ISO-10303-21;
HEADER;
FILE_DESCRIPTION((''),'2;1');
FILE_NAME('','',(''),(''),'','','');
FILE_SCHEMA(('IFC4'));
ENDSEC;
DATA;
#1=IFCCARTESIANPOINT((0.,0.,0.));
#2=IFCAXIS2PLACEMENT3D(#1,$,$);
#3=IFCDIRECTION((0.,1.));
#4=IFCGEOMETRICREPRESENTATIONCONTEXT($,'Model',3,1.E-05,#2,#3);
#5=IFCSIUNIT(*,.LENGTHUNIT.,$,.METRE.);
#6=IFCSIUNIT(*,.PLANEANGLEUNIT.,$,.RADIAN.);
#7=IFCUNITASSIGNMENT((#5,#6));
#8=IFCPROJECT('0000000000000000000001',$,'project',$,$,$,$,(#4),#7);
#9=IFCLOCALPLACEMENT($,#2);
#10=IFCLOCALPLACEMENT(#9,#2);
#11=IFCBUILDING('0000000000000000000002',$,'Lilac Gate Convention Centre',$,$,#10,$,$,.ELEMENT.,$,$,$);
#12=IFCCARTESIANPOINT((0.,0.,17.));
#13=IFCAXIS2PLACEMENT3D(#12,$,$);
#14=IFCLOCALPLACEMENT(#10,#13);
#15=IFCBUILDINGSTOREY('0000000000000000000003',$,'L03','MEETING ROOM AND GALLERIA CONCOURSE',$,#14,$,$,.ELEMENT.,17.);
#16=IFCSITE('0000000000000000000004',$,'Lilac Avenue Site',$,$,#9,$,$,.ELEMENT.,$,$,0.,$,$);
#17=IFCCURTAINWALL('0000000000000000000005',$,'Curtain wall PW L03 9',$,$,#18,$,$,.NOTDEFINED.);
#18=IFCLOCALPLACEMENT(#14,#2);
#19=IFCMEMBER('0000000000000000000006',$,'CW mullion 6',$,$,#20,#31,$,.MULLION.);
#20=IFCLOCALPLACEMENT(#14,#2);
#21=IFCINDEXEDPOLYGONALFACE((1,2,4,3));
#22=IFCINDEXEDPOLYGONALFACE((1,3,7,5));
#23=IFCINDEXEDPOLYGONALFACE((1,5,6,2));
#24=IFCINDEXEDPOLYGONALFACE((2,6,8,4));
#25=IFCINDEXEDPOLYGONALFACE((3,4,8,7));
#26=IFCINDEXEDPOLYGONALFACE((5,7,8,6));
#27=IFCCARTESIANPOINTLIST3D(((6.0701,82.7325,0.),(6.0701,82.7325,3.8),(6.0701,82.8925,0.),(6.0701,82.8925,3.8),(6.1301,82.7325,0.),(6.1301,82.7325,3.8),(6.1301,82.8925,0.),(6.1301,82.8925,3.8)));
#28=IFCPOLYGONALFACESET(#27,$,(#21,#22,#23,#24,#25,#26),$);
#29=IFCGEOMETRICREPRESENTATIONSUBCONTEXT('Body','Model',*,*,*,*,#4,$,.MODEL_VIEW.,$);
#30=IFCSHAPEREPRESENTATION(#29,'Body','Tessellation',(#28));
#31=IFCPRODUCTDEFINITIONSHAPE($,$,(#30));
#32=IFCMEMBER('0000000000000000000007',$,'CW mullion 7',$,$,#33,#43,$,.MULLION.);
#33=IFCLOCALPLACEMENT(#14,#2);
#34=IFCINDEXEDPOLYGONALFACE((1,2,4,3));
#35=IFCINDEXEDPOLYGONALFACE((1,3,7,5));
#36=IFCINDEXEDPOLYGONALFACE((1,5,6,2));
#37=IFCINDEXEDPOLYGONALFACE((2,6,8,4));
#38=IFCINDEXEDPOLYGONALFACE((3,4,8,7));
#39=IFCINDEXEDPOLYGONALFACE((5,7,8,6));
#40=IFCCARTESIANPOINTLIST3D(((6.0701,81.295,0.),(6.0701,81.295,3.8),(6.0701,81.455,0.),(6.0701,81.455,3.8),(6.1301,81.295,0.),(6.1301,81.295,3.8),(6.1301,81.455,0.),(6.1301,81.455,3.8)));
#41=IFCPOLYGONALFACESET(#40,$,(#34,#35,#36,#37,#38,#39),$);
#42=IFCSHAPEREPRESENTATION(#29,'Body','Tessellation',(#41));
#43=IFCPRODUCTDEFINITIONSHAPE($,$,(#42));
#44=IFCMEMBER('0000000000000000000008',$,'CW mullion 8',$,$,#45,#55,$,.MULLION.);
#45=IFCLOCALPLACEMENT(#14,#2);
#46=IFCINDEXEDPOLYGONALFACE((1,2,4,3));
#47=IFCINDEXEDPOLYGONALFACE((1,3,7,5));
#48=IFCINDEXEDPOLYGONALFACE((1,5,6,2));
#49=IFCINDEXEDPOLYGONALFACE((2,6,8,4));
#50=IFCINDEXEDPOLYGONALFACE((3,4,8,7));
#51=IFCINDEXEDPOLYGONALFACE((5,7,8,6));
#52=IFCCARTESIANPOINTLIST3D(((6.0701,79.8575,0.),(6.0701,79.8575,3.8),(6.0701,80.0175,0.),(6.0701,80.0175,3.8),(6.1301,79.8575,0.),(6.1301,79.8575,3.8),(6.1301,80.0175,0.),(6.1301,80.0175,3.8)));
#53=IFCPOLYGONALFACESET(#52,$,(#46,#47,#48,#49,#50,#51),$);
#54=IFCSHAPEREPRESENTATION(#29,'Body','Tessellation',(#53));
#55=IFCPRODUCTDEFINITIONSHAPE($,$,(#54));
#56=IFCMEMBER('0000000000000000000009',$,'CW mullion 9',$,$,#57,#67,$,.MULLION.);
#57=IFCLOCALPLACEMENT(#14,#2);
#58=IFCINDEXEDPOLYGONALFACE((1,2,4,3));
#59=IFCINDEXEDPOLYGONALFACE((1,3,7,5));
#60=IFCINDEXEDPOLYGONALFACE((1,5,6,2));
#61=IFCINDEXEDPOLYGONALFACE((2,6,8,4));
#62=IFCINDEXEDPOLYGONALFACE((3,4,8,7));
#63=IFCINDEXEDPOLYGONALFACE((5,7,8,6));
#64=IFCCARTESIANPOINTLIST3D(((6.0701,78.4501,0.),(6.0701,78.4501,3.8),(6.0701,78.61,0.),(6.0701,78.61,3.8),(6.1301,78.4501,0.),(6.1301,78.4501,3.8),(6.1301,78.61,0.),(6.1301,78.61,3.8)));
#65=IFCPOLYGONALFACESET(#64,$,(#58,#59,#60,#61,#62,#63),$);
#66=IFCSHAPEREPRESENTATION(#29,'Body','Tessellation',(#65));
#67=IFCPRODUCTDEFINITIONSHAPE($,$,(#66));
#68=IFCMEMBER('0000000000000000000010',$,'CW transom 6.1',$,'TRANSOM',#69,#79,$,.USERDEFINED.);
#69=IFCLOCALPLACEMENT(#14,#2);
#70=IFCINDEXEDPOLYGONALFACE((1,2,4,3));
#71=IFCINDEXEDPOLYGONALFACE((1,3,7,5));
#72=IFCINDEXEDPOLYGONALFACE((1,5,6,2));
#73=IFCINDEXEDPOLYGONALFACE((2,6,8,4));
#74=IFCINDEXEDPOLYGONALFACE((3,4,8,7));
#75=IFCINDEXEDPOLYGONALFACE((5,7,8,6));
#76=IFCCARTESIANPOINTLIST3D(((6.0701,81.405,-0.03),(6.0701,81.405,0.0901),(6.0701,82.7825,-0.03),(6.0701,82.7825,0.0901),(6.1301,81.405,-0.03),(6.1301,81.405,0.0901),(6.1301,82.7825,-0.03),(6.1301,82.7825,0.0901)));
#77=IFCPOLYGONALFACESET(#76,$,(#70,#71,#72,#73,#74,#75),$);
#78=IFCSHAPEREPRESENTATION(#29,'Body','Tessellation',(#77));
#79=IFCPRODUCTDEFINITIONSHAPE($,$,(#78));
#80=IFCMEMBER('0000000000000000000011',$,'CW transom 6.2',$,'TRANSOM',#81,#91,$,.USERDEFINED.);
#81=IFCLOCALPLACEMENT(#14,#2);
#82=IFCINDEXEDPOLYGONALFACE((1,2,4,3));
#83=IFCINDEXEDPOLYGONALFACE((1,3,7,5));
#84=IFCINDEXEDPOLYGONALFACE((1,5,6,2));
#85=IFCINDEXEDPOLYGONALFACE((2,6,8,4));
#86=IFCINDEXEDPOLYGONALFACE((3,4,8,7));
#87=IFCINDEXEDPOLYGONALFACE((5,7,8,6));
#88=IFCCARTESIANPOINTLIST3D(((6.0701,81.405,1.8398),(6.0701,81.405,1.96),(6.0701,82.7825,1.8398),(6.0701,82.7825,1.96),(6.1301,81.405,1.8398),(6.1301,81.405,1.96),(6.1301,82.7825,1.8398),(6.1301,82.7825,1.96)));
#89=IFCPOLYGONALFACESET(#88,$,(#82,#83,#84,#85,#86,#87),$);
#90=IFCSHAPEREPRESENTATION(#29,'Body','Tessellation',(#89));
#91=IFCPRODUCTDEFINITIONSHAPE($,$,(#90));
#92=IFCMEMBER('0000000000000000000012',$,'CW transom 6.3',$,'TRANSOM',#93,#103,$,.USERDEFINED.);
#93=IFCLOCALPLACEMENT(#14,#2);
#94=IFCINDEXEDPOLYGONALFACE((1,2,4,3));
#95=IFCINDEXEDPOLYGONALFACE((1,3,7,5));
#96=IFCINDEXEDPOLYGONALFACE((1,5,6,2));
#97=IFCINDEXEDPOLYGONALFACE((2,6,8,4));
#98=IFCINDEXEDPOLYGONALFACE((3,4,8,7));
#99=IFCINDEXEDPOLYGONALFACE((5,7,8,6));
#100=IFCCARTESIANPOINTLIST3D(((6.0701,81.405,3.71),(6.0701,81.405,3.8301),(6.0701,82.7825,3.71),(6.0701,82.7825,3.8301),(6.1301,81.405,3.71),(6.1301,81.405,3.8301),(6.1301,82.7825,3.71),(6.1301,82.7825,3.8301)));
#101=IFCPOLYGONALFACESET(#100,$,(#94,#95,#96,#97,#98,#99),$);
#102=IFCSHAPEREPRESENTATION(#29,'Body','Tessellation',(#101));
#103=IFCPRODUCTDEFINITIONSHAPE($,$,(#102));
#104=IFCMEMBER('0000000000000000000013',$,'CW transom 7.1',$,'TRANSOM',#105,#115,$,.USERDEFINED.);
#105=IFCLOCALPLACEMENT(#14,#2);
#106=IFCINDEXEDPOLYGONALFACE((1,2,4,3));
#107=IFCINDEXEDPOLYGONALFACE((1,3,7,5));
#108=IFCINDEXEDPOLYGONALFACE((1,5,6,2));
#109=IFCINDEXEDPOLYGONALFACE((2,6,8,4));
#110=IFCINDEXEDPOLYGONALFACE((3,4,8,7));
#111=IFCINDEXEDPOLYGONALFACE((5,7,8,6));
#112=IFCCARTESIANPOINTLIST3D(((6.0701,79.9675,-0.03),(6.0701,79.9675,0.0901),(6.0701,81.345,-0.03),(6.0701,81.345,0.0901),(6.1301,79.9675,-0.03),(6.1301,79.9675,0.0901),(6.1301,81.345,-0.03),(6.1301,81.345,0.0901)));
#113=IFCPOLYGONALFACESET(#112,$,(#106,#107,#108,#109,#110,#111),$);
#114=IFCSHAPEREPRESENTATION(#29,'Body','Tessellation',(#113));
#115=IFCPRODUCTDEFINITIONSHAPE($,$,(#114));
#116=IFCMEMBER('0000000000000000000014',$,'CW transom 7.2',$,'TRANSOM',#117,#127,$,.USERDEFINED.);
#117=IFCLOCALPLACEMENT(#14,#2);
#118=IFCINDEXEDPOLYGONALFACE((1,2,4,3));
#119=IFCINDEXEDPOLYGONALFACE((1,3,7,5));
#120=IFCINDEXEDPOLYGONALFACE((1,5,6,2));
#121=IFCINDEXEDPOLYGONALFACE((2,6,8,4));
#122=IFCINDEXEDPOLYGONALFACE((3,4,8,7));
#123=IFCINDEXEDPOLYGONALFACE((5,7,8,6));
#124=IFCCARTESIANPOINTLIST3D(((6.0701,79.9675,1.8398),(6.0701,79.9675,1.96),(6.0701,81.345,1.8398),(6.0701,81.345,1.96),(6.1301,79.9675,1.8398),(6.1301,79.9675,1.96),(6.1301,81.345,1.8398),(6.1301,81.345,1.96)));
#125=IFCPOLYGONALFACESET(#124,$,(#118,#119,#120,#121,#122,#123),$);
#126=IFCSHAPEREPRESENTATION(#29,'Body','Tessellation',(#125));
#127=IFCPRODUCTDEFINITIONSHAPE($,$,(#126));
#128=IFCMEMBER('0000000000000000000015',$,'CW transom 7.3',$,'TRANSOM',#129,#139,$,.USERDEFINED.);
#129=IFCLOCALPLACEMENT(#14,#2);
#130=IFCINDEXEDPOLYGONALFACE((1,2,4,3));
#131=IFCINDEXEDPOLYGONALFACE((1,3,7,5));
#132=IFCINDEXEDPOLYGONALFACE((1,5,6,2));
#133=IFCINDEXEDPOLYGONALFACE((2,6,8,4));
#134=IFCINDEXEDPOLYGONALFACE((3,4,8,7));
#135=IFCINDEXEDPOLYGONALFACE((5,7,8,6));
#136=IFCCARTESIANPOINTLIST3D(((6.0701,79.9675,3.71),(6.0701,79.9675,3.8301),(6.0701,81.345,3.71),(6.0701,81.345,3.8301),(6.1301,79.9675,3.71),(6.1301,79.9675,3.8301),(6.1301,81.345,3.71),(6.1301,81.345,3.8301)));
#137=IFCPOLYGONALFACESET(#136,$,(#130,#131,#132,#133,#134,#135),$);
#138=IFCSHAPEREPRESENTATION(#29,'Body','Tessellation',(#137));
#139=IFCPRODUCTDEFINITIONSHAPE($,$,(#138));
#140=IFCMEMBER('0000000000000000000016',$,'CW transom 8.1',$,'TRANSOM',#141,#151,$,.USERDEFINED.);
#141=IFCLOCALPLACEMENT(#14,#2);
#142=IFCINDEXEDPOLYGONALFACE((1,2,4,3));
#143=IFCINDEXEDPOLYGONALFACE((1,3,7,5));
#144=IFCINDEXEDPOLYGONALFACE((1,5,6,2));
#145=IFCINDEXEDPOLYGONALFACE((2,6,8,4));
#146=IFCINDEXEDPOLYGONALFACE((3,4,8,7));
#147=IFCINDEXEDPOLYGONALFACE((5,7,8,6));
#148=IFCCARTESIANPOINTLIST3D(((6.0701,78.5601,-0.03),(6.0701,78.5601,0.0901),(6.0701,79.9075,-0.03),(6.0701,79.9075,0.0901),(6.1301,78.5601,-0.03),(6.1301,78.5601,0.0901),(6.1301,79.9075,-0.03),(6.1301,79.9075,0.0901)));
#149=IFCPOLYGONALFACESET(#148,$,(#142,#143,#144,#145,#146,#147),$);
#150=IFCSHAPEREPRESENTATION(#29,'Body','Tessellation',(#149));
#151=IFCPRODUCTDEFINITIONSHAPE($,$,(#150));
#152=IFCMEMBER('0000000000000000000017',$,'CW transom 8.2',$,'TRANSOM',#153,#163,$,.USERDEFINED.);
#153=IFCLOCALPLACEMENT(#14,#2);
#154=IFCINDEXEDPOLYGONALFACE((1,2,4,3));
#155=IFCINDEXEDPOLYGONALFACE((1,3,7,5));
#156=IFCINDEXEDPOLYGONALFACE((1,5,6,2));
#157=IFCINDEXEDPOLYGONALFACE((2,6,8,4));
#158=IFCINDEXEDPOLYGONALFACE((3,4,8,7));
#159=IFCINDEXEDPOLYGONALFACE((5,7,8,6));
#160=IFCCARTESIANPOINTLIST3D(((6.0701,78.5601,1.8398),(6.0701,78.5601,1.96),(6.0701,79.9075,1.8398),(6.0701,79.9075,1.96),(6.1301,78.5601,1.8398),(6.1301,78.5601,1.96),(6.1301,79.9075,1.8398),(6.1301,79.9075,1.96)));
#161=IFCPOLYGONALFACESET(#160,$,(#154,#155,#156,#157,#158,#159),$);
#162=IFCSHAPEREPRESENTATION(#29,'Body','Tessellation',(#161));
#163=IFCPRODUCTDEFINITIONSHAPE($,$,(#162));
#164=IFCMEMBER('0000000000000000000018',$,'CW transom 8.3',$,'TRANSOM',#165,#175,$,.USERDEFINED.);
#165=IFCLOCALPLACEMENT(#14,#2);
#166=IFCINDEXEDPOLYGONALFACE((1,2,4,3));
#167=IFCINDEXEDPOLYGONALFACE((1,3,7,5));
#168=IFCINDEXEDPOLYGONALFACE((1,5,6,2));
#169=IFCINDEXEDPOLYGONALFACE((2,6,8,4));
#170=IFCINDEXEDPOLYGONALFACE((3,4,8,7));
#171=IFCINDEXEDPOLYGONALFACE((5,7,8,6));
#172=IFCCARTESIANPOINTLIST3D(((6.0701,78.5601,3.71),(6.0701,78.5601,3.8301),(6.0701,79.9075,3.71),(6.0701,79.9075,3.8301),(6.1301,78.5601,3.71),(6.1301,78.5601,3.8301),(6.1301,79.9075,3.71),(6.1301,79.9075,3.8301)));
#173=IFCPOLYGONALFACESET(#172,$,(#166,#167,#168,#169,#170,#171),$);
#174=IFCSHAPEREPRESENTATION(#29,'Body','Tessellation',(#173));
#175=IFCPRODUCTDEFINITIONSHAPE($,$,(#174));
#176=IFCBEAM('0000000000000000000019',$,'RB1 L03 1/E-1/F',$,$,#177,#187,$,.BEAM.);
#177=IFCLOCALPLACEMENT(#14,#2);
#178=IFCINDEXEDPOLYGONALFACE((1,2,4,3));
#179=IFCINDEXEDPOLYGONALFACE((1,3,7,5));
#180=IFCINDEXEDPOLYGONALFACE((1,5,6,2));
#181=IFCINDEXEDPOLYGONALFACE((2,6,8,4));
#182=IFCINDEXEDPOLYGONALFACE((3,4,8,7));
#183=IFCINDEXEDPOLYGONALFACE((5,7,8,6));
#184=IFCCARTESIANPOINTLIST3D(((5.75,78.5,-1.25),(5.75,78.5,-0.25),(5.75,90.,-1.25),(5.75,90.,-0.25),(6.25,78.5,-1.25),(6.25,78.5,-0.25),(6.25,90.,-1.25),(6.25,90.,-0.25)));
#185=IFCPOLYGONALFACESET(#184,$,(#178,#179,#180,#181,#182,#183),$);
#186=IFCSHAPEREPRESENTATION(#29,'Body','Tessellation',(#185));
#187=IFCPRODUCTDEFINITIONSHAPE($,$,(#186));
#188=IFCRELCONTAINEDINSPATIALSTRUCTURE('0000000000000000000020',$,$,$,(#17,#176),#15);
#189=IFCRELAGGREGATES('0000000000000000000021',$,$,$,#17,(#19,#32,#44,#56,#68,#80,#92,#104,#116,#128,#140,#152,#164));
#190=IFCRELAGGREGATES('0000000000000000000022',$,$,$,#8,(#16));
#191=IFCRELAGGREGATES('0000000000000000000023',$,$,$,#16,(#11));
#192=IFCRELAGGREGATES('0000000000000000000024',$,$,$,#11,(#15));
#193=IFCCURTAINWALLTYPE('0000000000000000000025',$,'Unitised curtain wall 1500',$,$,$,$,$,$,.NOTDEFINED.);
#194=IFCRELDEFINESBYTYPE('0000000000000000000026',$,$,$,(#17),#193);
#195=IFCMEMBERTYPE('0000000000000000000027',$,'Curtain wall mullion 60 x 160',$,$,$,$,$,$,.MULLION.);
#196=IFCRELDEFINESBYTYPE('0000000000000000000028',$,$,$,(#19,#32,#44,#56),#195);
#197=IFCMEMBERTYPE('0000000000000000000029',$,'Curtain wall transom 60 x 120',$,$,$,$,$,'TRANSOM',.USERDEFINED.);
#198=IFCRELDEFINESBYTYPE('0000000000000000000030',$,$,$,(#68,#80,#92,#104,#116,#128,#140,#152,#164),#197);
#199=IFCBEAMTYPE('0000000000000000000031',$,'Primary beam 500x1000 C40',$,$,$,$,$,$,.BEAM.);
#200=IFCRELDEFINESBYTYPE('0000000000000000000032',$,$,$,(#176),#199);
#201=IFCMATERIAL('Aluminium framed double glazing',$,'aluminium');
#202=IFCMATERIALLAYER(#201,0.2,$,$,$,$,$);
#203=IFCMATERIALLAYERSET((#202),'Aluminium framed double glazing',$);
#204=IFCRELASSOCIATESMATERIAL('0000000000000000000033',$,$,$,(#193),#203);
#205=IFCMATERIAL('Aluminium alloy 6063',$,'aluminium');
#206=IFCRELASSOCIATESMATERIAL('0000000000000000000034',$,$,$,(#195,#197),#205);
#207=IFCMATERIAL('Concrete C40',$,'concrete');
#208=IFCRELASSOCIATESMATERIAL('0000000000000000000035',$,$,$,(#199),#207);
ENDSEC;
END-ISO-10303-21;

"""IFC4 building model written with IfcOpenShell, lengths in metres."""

from ifc_helpers import new_model, si_unit, direction, frame, origin, origin_2d, place, context, subcontext, project, spatial, rectangle, extrude, material, layer, layer_set, material_profile, profile_set, type_object, element, aggregate, save


model = new_model("IFC4")

# Units and contexts
model_context = context("Model", 3, precision=1e-05, world=origin(), true_north=direction((0.0, 1.0)))
body_context = subcontext(model_context, "Body", "Model", "MODEL_VIEW")
ifc_project = project(units=[si_unit("LENGTHUNIT", "METRE"), si_unit("PLANEANGLEUNIT", "RADIAN")], contexts=[model_context])

# Site, building, storey
site_placement = place(None, origin())
site = spatial("IfcSite", under=ifc_project, at=site_placement, Name="Lilac Avenue Site", CompositionType="ELEMENT", RefElevation=0.0)
building_placement = place(site_placement, origin())
building = spatial("IfcBuilding", under=site, at=building_placement, Name="Lilac Gate Convention Centre", CompositionType="ELEMENT")
storey_placement = place(building_placement, frame((0.0, 0.0, 17.0)))
storey = spatial("IfcBuildingStorey", under=building, at=storey_placement, Name="L03", Description="MEETING ROOM AND GALLERIA CONCOURSE", CompositionType="ELEMENT", Elevation=17.0)

# Curtain wall, members
ifc_material_1 = material(Name="Aluminium framed double glazing", Category="aluminium")
ifc_layer_1 = layer(ifc_material_1, 0.2)
ifc_layer_set_1 = layer_set([ifc_layer_1], Name="Aluminium framed double glazing")
curtain_wall_type = type_object("IfcCurtainWallType", Name="Unitised curtain wall 1500", PredefinedType="NOTDEFINED", material=ifc_layer_set_1)
curtain_wall_placement = place(storey_placement, origin())
curtain_wall = element("IfcCurtainWall", 1, at=curtain_wall_placement, inside=storey, type_object=curtain_wall_type, Name="Curtain wall PW L03 9", PredefinedType="NOTDEFINED")
ifc_material_2 = material(Name="Aluminium alloy 6063", Category="aluminium")
ifc_material_profile_1 = material_profile(ifc_material_2, rectangle(XDim=0.0601, YDim=0.1599, at=origin_2d()), Name="Curtain wall mullion 60 x 160")
ifc_profile_set_1 = profile_set([ifc_material_profile_1], Name="Aluminium alloy 6063")
member_type_1 = type_object("IfcMemberType", Name="Curtain wall mullion 60 x 160", PredefinedType="MULLION", material=ifc_profile_set_1)
member_1_placement = place(storey_placement, frame((6.1001, 82.8125, 0.0), z_axis=(0.0, 0.0, 1.0), x_axis=(1.0, 0.0, 0.0)))
member_1 = element("IfcMember", 2, at=member_1_placement, type_object=member_type_1, Name="CW mullion 6", PredefinedType="MULLION", context=body_context, shape_type="SweptSolid", body=[
    extrude(rectangle(XDim=0.0601, YDim=0.1599, at=origin_2d()), origin(), (0.0, 0.0, 1.0), 3.8),
])
member_2_placement = place(storey_placement, frame((6.1001, 81.375, 0.0), z_axis=(0.0, 0.0, 1.0), x_axis=(1.0, 0.0, 0.0)))
member_2 = element("IfcMember", 3, at=member_2_placement, type_object=member_type_1, Name="CW mullion 7", PredefinedType="MULLION", context=body_context, shape_type="SweptSolid", body=[
    extrude(rectangle(XDim=0.0601, YDim=0.1599, at=origin_2d()), origin(), (0.0, 0.0, 1.0), 3.8),
])
member_3_placement = place(storey_placement, frame((6.1001, 79.9375, 0.0), z_axis=(0.0, 0.0, 1.0), x_axis=(1.0, 0.0, 0.0)))
member_3 = element("IfcMember", 4, at=member_3_placement, type_object=member_type_1, Name="CW mullion 8", PredefinedType="MULLION", context=body_context, shape_type="SweptSolid", body=[
    extrude(rectangle(XDim=0.0601, YDim=0.1599, at=origin_2d()), origin(), (0.0, 0.0, 1.0), 3.8),
])
member_4_placement = place(storey_placement, frame((6.1001, 78.53, 0.0), z_axis=(0.0, 0.0, 1.0), x_axis=(1.0, 0.0, 0.0)))
member_4 = element("IfcMember", 5, at=member_4_placement, type_object=member_type_1, Name="CW mullion 9", PredefinedType="MULLION", context=body_context, shape_type="SweptSolid", body=[
    extrude(rectangle(XDim=0.0601, YDim=0.1599, at=origin_2d()), origin(), (0.0, 0.0, 1.0), 3.8),
])
ifc_material_profile_2 = material_profile(ifc_material_2, rectangle(XDim=0.0601, YDim=0.1201, at=origin_2d()), Name="Curtain wall transom 60 x 120")
ifc_profile_set_2 = profile_set([ifc_material_profile_2], Name="Aluminium alloy 6063")
member_type_2 = type_object("IfcMemberType", Name="Curtain wall transom 60 x 120", ElementType="TRANSOM", PredefinedType="USERDEFINED", material=ifc_profile_set_2)
member_5_placement = place(storey_placement, frame((6.1001, 82.7825, 0.03), z_axis=(0.0, -1.0, 0.0), x_axis=(1.0, 0.0, 0.0)))
member_5 = element("IfcMember", 6, at=member_5_placement, type_object=member_type_2, Name="CW transom 6.1", ObjectType="TRANSOM", PredefinedType="USERDEFINED", context=body_context, shape_type="SweptSolid", body=[
    extrude(rectangle(XDim=0.0601, YDim=0.1201, at=origin_2d()), origin(), (0.0, 0.0, 1.0), 1.3774),
])
member_6_placement = place(storey_placement, frame((6.1001, 82.7825, 1.8999), z_axis=(0.0, -1.0, 0.0), x_axis=(1.0, 0.0, 0.0)))
member_6 = element("IfcMember", 7, at=member_6_placement, type_object=member_type_2, Name="CW transom 6.2", ObjectType="TRANSOM", PredefinedType="USERDEFINED", context=body_context, shape_type="SweptSolid", body=[
    extrude(rectangle(XDim=0.0601, YDim=0.1201, at=origin_2d()), origin(), (0.0, 0.0, 1.0), 1.3774),
])
member_7_placement = place(storey_placement, frame((6.1001, 82.7825, 3.77), z_axis=(0.0, -1.0, 0.0), x_axis=(1.0, 0.0, 0.0)))
member_7 = element("IfcMember", 8, at=member_7_placement, type_object=member_type_2, Name="CW transom 6.3", ObjectType="TRANSOM", PredefinedType="USERDEFINED", context=body_context, shape_type="SweptSolid", body=[
    extrude(rectangle(XDim=0.0601, YDim=0.1201, at=origin_2d()), origin(), (0.0, 0.0, 1.0), 1.3774),
])
member_8_placement = place(storey_placement, frame((6.1001, 81.345, 0.03), z_axis=(0.0, -1.0, 0.0), x_axis=(1.0, 0.0, 0.0)))
member_8 = element("IfcMember", 9, at=member_8_placement, type_object=member_type_2, Name="CW transom 7.1", ObjectType="TRANSOM", PredefinedType="USERDEFINED", context=body_context, shape_type="SweptSolid", body=[
    extrude(rectangle(XDim=0.0601, YDim=0.1201, at=origin_2d()), origin(), (0.0, 0.0, 1.0), 1.3774),
])
member_9_placement = place(storey_placement, frame((6.1001, 81.345, 1.8999), z_axis=(0.0, -1.0, 0.0), x_axis=(1.0, 0.0, 0.0)))
member_9 = element("IfcMember", 10, at=member_9_placement, type_object=member_type_2, Name="CW transom 7.2", ObjectType="TRANSOM", PredefinedType="USERDEFINED", context=body_context, shape_type="SweptSolid", body=[
    extrude(rectangle(XDim=0.0601, YDim=0.1201, at=origin_2d()), origin(), (0.0, 0.0, 1.0), 1.3774),
])
member_10_placement = place(storey_placement, frame((6.1001, 81.345, 3.77), z_axis=(0.0, -1.0, 0.0), x_axis=(1.0, 0.0, 0.0)))
member_10 = element("IfcMember", 11, at=member_10_placement, type_object=member_type_2, Name="CW transom 7.3", ObjectType="TRANSOM", PredefinedType="USERDEFINED", context=body_context, shape_type="SweptSolid", body=[
    extrude(rectangle(XDim=0.0601, YDim=0.1201, at=origin_2d()), origin(), (0.0, 0.0, 1.0), 1.3774),
])
member_11_placement = place(storey_placement, frame((6.1001, 79.9075, 0.03), z_axis=(0.0, -1.0, 0.0), x_axis=(1.0, 0.0, 0.0)))
member_11 = element("IfcMember", 12, at=member_11_placement, type_object=member_type_2, Name="CW transom 8.1", ObjectType="TRANSOM", PredefinedType="USERDEFINED", context=body_context, shape_type="SweptSolid", body=[
    extrude(rectangle(XDim=0.0601, YDim=0.1201, at=origin_2d()), origin(), (0.0, 0.0, 1.0), 1.3474),
])
member_12_placement = place(storey_placement, frame((6.1001, 79.9075, 1.8999), z_axis=(0.0, -1.0, 0.0), x_axis=(1.0, 0.0, 0.0)))
member_12 = element("IfcMember", 13, at=member_12_placement, type_object=member_type_2, Name="CW transom 8.2", ObjectType="TRANSOM", PredefinedType="USERDEFINED", context=body_context, shape_type="SweptSolid", body=[
    extrude(rectangle(XDim=0.0601, YDim=0.1201, at=origin_2d()), origin(), (0.0, 0.0, 1.0), 1.3474),
])
member_13_placement = place(storey_placement, frame((6.1001, 79.9075, 3.77), z_axis=(0.0, -1.0, 0.0), x_axis=(1.0, 0.0, 0.0)))
member_13 = element("IfcMember", 14, at=member_13_placement, type_object=member_type_2, Name="CW transom 8.3", ObjectType="TRANSOM", PredefinedType="USERDEFINED", context=body_context, shape_type="SweptSolid", body=[
    extrude(rectangle(XDim=0.0601, YDim=0.1201, at=origin_2d()), origin(), (0.0, 0.0, 1.0), 1.3474),
])

# Beam
ifc_material_3 = material(Name="Concrete C40", Category="concrete")
ifc_material_profile_3 = material_profile(ifc_material_3, rectangle(XDim=0.5, YDim=1.0, at=origin_2d()), Name="RC 500x1000")
ifc_profile_set_3 = profile_set([ifc_material_profile_3], Name="Concrete C40")
beam_type = type_object("IfcBeamType", Name="Primary beam 500x1000 C40", PredefinedType="BEAM", material=ifc_profile_set_3)
beam_placement = place(storey_placement, frame((6.0, 78.5, -0.75), z_axis=(0.0, 1.0, 0.0), x_axis=(-1.0, 0.0, 0.0)))
element("IfcBeam", 15, at=beam_placement, inside=storey, type_object=beam_type, Name="RB1 L03 1/E-1/F", PredefinedType="BEAM", context=body_context, shape_type="SweptSolid", body=[
    extrude(rectangle(XDim=0.5, YDim=1.0, at=origin_2d()), origin(), (0.0, 0.0, 1.0), 11.5),
])

aggregate(curtain_wall, [member_1, member_2, member_3, member_4, member_5, member_6, member_7, member_8, member_9, member_10, member_11, member_12, member_13])

save(model, "model.ifc")
